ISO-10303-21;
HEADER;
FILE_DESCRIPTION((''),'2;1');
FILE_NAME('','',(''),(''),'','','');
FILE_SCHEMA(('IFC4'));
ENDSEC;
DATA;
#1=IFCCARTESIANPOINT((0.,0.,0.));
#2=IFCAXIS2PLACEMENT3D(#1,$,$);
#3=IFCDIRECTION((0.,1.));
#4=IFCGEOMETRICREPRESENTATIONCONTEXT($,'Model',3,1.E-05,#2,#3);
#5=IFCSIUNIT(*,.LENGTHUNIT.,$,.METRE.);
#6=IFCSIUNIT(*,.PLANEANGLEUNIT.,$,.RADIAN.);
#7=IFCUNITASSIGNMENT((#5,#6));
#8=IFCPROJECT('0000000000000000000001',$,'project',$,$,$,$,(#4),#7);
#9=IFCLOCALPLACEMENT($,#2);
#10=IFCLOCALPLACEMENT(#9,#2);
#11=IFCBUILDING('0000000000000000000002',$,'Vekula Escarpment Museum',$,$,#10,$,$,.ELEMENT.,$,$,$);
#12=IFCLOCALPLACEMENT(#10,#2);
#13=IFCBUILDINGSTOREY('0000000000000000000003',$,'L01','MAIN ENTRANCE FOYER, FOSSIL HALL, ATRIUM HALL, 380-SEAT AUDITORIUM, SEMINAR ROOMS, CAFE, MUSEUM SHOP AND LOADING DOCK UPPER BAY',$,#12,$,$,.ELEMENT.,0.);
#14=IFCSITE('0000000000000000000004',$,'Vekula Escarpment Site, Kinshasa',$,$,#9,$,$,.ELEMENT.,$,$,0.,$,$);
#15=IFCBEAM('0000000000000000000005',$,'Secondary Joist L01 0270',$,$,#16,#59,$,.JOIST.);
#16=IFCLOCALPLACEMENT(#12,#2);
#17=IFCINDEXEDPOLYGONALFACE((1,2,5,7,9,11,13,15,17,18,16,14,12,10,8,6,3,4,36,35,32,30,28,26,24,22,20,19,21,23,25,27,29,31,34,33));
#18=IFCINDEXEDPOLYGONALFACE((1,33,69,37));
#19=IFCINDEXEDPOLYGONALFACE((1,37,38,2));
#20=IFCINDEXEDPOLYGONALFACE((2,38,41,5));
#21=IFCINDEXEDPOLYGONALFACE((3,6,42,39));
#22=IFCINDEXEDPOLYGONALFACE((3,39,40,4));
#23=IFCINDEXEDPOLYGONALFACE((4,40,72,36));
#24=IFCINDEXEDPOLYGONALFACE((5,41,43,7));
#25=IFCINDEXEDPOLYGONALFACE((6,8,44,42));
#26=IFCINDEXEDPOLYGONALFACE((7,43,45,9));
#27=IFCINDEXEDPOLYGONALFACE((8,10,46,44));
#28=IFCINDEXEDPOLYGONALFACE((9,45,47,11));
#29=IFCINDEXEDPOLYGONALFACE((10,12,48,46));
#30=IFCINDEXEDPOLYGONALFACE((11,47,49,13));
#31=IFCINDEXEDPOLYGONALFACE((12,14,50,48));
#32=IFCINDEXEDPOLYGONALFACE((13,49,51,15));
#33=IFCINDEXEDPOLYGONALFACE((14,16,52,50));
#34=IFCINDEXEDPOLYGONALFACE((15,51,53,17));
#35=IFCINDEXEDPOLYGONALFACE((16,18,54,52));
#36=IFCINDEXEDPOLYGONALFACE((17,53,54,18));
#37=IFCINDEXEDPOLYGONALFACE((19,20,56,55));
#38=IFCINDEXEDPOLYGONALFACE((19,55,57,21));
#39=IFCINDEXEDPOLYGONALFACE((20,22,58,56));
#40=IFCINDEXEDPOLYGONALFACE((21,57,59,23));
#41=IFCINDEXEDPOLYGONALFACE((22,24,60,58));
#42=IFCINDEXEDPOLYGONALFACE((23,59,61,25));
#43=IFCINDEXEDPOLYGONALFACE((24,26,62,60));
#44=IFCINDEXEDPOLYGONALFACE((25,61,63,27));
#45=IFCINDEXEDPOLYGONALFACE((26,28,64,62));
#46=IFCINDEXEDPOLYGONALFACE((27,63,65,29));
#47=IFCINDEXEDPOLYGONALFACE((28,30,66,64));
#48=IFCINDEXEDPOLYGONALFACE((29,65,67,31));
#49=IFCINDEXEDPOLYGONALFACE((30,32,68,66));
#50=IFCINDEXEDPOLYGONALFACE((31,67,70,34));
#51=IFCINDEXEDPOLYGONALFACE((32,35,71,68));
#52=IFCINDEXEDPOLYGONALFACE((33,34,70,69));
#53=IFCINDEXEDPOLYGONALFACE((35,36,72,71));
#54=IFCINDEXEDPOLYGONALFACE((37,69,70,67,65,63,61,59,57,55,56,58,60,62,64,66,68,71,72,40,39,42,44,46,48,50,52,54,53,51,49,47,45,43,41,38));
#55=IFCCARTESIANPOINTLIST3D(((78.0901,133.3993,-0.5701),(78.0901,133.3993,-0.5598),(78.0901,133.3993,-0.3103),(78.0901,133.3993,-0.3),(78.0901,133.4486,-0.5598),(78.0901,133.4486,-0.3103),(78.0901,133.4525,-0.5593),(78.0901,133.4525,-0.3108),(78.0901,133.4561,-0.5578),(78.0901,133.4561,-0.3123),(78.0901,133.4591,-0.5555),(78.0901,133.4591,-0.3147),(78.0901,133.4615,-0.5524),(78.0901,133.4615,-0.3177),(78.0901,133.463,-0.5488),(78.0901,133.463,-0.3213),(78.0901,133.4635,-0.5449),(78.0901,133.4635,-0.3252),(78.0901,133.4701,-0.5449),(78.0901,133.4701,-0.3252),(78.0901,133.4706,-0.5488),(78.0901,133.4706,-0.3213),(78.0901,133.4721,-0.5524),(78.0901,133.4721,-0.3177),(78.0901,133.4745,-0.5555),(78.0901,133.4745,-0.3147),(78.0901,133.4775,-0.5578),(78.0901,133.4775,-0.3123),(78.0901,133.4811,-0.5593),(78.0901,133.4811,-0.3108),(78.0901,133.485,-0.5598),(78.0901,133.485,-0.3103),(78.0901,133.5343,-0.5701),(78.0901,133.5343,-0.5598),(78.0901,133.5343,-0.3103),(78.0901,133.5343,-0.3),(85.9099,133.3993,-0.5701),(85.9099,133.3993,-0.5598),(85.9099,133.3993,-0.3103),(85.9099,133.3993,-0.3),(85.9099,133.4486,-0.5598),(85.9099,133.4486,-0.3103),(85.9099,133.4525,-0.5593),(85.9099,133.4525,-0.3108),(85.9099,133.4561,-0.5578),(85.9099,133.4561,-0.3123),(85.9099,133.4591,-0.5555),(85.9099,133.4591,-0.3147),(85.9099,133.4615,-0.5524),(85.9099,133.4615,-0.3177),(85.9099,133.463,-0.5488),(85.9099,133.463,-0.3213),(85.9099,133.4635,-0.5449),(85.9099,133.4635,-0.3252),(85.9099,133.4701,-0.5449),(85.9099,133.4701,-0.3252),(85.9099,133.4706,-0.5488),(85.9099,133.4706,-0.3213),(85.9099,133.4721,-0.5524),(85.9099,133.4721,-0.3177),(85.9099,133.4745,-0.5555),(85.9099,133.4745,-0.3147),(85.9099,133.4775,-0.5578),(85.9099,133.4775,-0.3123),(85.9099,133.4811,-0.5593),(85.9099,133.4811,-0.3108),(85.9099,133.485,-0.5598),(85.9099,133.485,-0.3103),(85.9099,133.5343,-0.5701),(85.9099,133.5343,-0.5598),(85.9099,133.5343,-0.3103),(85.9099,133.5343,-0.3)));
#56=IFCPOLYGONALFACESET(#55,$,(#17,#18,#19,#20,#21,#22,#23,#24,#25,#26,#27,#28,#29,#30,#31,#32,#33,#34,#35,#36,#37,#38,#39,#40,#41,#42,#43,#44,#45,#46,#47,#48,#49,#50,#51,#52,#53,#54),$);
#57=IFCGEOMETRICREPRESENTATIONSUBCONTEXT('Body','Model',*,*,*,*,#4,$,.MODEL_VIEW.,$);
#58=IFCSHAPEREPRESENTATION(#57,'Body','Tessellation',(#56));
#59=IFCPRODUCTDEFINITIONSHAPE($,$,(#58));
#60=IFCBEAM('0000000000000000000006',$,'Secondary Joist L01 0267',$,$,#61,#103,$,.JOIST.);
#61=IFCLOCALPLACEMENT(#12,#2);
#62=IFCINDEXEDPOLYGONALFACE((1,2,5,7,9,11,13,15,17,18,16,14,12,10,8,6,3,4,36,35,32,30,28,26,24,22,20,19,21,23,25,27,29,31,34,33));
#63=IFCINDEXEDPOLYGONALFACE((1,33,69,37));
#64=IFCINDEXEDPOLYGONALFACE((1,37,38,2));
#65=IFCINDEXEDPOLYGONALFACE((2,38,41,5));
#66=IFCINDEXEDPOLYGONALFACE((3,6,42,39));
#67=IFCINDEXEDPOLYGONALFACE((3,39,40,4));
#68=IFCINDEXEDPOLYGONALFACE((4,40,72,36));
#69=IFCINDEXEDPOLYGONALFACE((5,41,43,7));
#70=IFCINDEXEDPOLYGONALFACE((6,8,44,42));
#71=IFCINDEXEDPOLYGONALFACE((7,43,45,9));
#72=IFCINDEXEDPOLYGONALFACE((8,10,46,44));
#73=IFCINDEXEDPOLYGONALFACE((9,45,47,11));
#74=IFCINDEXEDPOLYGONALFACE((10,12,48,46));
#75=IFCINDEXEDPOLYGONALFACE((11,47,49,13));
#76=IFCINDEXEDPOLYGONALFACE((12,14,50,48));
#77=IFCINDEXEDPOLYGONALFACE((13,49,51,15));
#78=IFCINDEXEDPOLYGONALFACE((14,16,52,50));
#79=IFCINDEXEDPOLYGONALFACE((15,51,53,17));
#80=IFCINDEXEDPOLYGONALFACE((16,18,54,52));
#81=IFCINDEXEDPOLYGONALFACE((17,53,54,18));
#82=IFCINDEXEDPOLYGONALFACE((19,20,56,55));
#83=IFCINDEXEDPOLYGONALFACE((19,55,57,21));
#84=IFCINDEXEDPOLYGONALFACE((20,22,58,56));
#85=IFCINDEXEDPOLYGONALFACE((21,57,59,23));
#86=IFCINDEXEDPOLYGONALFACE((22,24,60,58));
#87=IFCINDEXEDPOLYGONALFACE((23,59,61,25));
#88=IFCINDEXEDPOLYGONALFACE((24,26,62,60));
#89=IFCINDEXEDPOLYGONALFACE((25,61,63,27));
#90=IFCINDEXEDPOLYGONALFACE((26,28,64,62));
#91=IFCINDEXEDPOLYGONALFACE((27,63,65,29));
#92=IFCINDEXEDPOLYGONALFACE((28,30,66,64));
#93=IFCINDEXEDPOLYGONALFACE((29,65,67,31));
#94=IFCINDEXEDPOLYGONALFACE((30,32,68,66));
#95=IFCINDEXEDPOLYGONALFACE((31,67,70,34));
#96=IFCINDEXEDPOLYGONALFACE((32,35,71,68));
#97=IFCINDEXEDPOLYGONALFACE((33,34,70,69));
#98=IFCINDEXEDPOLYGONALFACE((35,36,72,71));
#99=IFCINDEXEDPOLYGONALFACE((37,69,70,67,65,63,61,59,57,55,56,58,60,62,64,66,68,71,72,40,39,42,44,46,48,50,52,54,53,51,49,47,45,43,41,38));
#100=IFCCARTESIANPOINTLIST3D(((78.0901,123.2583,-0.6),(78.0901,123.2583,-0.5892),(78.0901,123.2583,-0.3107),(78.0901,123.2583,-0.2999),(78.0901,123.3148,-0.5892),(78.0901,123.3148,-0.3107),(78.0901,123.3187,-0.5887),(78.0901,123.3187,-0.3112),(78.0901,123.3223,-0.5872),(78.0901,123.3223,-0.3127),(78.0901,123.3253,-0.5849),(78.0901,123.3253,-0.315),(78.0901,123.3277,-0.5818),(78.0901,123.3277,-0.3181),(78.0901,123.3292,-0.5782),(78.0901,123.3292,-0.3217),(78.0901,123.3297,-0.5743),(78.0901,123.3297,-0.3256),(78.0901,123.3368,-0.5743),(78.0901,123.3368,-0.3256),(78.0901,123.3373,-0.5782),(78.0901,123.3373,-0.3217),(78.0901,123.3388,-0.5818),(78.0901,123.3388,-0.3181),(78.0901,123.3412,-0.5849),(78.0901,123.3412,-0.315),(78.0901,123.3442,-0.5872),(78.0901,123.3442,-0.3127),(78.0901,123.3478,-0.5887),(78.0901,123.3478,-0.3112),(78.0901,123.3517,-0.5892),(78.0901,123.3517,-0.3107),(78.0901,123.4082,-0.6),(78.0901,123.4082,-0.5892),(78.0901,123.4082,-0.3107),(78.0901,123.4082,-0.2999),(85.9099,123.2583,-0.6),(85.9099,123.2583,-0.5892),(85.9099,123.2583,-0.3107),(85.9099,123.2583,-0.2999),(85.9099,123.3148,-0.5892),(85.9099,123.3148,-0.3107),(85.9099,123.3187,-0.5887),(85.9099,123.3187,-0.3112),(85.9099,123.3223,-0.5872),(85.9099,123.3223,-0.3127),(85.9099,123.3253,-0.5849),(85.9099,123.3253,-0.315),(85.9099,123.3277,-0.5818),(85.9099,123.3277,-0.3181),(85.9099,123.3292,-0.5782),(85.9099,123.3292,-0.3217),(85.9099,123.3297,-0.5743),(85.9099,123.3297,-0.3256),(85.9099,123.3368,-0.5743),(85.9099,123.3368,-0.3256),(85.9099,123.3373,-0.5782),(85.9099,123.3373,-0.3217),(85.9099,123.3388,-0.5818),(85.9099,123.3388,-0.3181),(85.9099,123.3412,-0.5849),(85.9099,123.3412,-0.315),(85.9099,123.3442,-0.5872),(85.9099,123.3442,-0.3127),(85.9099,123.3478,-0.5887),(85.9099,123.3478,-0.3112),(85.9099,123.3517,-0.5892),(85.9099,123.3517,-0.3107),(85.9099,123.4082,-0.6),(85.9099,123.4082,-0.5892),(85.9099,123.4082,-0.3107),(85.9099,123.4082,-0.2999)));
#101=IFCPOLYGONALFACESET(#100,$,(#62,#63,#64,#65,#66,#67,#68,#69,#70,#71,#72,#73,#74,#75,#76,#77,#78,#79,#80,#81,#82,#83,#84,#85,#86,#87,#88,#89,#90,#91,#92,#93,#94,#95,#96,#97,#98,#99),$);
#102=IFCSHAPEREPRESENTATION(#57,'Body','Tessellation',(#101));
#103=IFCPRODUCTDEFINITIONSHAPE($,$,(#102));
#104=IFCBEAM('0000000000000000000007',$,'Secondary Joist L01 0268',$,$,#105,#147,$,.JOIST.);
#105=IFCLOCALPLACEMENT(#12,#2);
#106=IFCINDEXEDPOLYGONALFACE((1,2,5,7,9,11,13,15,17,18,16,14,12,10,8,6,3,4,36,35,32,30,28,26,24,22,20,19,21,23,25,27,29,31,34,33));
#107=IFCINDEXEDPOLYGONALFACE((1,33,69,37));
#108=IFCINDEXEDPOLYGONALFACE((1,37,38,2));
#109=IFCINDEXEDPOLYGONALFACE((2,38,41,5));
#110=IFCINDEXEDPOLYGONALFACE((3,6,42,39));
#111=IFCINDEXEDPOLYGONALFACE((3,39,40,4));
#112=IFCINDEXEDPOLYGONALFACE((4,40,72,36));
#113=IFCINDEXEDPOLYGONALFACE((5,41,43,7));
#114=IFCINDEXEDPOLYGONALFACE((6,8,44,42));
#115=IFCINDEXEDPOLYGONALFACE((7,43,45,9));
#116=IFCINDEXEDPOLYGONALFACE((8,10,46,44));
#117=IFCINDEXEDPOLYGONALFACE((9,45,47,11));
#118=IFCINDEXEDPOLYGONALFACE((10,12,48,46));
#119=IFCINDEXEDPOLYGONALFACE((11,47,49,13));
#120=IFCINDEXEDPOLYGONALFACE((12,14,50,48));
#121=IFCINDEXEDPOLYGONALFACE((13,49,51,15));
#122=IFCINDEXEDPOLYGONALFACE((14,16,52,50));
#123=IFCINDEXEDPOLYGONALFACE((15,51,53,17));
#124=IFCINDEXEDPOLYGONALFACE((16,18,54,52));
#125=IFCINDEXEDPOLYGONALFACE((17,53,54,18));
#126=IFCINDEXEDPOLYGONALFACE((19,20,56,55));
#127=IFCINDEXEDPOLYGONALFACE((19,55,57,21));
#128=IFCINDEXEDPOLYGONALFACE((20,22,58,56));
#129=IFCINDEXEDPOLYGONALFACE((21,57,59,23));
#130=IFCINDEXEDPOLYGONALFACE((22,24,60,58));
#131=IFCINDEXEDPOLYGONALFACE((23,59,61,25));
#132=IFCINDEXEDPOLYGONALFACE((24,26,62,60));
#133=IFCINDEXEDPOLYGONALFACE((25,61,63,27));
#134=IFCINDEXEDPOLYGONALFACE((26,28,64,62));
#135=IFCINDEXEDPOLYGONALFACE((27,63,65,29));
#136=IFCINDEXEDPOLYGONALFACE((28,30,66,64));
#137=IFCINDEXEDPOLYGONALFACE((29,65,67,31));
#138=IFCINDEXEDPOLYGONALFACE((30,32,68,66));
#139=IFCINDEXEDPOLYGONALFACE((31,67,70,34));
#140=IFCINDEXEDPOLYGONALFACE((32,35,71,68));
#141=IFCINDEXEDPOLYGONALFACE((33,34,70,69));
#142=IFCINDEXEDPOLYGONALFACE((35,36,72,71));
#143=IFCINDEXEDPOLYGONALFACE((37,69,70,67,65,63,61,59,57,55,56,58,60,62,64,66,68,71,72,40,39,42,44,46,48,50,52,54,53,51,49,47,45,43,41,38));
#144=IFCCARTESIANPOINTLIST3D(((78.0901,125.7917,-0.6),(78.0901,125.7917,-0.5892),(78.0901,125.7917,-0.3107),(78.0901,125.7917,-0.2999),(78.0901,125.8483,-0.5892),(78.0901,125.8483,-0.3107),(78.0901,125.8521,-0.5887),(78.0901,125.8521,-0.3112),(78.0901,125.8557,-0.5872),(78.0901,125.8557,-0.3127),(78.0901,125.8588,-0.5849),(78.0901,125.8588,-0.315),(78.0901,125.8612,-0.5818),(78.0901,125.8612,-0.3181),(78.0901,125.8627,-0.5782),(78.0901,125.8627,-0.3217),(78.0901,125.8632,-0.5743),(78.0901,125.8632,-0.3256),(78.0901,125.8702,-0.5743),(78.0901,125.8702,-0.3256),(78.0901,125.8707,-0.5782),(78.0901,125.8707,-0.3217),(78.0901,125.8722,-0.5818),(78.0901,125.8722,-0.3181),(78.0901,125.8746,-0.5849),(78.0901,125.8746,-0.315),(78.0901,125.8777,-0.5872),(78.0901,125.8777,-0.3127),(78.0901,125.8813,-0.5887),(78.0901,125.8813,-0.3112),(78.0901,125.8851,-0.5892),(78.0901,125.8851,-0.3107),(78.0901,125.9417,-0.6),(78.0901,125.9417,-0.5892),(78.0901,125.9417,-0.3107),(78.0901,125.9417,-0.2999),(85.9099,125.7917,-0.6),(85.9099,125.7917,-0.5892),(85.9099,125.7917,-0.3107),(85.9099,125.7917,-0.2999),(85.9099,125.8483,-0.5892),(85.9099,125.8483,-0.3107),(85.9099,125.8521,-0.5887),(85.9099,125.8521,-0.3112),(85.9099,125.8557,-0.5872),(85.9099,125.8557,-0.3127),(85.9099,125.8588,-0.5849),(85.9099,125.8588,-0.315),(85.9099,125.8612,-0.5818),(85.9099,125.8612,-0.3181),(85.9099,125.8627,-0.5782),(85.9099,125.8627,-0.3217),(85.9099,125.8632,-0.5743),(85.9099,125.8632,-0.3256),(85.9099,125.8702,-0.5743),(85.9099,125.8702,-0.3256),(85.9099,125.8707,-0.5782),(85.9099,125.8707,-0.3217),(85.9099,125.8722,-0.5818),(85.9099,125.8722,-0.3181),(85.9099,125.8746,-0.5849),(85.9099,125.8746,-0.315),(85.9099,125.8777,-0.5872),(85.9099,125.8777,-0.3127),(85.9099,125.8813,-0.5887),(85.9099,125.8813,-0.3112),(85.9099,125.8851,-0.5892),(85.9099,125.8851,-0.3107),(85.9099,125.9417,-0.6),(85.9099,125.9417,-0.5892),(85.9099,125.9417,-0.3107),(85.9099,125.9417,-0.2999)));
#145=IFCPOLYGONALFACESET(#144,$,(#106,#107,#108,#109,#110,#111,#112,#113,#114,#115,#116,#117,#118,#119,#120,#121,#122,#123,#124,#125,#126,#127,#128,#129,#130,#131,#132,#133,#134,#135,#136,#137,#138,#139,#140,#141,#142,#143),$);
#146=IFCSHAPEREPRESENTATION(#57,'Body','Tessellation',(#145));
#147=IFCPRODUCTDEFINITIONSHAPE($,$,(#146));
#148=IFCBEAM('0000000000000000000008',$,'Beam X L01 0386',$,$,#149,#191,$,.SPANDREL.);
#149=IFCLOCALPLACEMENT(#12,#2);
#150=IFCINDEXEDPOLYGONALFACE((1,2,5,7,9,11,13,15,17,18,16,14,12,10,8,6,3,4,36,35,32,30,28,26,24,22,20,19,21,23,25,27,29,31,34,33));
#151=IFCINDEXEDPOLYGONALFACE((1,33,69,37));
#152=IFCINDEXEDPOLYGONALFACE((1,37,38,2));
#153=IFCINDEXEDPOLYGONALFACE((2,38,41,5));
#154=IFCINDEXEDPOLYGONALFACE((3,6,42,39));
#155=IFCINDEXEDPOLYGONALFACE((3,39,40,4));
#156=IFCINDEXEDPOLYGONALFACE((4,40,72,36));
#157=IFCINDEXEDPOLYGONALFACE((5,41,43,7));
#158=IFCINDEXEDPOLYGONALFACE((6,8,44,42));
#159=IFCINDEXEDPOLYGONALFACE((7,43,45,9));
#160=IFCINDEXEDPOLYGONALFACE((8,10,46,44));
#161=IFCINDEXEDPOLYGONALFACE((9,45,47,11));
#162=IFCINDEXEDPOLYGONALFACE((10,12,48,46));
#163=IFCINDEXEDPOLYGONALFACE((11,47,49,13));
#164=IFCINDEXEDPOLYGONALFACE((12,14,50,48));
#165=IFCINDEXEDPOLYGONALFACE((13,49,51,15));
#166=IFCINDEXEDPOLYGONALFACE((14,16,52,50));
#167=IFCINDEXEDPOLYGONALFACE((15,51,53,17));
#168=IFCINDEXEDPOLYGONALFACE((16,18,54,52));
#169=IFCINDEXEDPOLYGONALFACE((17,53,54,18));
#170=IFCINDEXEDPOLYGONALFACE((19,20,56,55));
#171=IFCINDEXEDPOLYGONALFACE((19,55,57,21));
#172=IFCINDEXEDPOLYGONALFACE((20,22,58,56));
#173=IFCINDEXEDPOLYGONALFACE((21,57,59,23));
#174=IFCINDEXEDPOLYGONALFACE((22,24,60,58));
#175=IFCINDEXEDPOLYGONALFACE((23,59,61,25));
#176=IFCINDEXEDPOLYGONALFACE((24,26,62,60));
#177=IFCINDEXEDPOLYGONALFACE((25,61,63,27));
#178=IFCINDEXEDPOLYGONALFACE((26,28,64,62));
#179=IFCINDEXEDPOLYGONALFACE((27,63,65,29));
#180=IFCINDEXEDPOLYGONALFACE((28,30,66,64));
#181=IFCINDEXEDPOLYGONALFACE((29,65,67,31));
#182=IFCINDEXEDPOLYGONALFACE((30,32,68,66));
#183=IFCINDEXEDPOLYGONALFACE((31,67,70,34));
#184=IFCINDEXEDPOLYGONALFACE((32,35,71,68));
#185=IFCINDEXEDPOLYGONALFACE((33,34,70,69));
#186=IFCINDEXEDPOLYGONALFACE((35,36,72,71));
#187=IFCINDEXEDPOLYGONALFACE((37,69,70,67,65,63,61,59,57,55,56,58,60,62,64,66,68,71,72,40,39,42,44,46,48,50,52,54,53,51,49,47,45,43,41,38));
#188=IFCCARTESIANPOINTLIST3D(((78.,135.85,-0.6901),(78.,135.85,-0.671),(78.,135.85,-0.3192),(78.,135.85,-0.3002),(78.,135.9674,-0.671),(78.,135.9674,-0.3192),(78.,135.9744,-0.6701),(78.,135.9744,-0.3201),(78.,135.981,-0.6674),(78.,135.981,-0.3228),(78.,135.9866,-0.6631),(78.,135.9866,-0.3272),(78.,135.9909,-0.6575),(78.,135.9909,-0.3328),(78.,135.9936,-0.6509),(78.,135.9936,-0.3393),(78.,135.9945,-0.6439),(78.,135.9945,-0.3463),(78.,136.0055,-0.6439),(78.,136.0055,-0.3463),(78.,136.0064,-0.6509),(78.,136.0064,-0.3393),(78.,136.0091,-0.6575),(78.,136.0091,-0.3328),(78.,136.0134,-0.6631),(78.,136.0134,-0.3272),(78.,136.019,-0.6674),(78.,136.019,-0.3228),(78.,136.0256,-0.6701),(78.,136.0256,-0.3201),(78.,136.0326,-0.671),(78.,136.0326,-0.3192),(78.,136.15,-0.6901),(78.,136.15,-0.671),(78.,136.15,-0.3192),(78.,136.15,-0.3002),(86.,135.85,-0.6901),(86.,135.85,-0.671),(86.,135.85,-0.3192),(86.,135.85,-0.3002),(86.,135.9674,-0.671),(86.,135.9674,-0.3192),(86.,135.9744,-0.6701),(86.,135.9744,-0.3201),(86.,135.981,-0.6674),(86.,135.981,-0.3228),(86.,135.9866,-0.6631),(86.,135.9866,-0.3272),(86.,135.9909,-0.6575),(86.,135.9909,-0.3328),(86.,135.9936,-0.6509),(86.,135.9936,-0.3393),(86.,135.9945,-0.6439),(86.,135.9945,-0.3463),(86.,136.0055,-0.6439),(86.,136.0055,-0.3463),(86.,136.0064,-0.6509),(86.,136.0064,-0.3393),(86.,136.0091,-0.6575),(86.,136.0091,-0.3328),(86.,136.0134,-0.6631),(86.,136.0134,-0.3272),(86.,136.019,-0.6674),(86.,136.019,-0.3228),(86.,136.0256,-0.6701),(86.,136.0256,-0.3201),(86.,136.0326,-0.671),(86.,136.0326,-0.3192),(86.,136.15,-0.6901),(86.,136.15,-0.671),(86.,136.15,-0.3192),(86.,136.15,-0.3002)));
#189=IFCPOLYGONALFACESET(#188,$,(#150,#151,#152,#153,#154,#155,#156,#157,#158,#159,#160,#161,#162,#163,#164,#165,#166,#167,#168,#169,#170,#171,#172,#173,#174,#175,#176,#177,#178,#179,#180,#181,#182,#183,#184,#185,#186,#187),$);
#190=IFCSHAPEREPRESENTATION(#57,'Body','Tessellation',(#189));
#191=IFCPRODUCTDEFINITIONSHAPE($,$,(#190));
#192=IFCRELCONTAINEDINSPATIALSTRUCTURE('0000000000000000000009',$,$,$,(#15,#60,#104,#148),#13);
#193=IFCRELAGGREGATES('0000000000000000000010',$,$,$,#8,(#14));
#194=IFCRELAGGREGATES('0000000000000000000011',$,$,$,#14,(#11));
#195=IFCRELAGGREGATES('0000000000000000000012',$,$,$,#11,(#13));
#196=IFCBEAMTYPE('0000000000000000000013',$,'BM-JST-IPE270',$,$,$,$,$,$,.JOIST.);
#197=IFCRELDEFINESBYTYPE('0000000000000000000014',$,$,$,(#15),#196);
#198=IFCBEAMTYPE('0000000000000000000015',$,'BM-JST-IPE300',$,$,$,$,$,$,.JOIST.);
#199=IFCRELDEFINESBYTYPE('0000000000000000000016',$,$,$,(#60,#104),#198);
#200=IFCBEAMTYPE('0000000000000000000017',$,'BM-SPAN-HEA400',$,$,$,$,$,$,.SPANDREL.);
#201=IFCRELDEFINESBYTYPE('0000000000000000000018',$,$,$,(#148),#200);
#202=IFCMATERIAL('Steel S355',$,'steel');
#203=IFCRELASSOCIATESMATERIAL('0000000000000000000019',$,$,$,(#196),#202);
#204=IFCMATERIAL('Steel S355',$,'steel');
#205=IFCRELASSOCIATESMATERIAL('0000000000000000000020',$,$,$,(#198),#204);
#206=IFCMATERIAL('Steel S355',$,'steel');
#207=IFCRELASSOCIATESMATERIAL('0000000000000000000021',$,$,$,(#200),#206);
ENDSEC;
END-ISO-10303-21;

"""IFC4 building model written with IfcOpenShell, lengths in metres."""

from ifc_helpers import new_model, si_unit, direction, frame, origin, origin_2d, place, context, subcontext, project, spatial, i_section, extrude, material, material_profile, profile_set, type_object, element, save


model = new_model("IFC4")

# Units and contexts
model_context = context("Model", 3, precision=1e-05, world=origin(), true_north=direction((0.0, 1.0)))
body_context = subcontext(model_context, "Body", "Model", "MODEL_VIEW")
ifc_project = project(units=[si_unit("LENGTHUNIT", "METRE"), si_unit("PLANEANGLEUNIT", "RADIAN")], contexts=[model_context])

# Site, building, storey
site_placement = place(None, origin())
site = spatial("IfcSite", under=ifc_project, at=site_placement, Name="Vekula Escarpment Site, Kinshasa", CompositionType="ELEMENT", RefElevation=0.0)
building_placement = place(site_placement, origin())
building = spatial("IfcBuilding", under=site, at=building_placement, Name="Vekula Escarpment Museum", CompositionType="ELEMENT")
storey_placement = place(building_placement, origin())
storey = spatial("IfcBuildingStorey", under=building, at=storey_placement, Name="L01", Description="MAIN ENTRANCE FOYER, FOSSIL HALL, ATRIUM HALL, 380-SEAT AUDITORIUM, SEMINAR ROOMS, CAFE, MUSEUM SHOP AND LOADING DOCK UPPER BAY", CompositionType="ELEMENT", Elevation=0.0)

# Beams
ifc_material_1 = material(Name="Steel S355", Category="steel")
ifc_material_profile_1 = material_profile(ifc_material_1, i_section(OverallWidth=0.135, OverallDepth=0.27, WebThickness=0.0066, FlangeThickness=0.0103, FilletRadius=0.0149, at=origin_2d()), Name="IPE 270")
ifc_profile_set_1 = profile_set([ifc_material_profile_1], Name="Steel S355")
beam_type_1 = type_object("IfcBeamType", Name="BM-JST-IPE270", PredefinedType="JOIST", material=ifc_profile_set_1)
for number, where, z_axis, x_axis, name in (
    (1, (78.0901, 133.4668, -0.4351), (1.0, 0.0, 0.0), (0.0, 1.0, 0.0), "Secondary Joist L01 0270"),
):
    element("IfcBeam", number, at=place(storey_placement, frame(where, z_axis=z_axis, x_axis=x_axis)), inside=storey, type_object=beam_type_1, Name=name, PredefinedType="JOIST", context=body_context, shape_type="SweptSolid", body=[
        extrude(i_section(OverallWidth=0.135, OverallDepth=0.27, WebThickness=0.0066, FlangeThickness=0.0103, FilletRadius=0.0149, at=origin_2d()), origin(), (0.0, 0.0, 1.0), 7.8198),
    ])
ifc_material_2 = material(Name="Steel S355", Category="steel")
ifc_material_profile_2 = material_profile(ifc_material_2, i_section(OverallWidth=0.1499, OverallDepth=0.3, WebThickness=0.0071, FlangeThickness=0.0107, FilletRadius=0.0149, at=origin_2d()), Name="IPE 300")
ifc_profile_set_2 = profile_set([ifc_material_profile_2], Name="Steel S355")
beam_type_2 = type_object("IfcBeamType", Name="BM-JST-IPE300", PredefinedType="JOIST", material=ifc_profile_set_2)
for number, where, z_axis, x_axis, name in (
    (2, (78.0901, 123.3333, -0.45), (1.0, 0.0, 0.0), (0.0, 1.0, 0.0), "Secondary Joist L01 0267"),
    (3, (78.0901, 125.8667, -0.45), (1.0, 0.0, 0.0), (0.0, 1.0, 0.0), "Secondary Joist L01 0268"),
):
    element("IfcBeam", number, at=place(storey_placement, frame(where, z_axis=z_axis, x_axis=x_axis)), inside=storey, type_object=beam_type_2, Name=name, PredefinedType="JOIST", context=body_context, shape_type="SweptSolid", body=[
        extrude(i_section(OverallWidth=0.1499, OverallDepth=0.3, WebThickness=0.0071, FlangeThickness=0.0107, FilletRadius=0.0149, at=origin_2d()), origin(), (0.0, 0.0, 1.0), 7.8198),
    ])
ifc_material_3 = material(Name="Steel S355", Category="steel")
ifc_material_profile_3 = material_profile(ifc_material_3, i_section(OverallWidth=0.3, OverallDepth=0.3899, WebThickness=0.011, FlangeThickness=0.019, FilletRadius=0.0271, at=origin_2d()), Name="HEA 400")
ifc_profile_set_3 = profile_set([ifc_material_profile_3], Name="Steel S355")
beam_type_3 = type_object("IfcBeamType", Name="BM-SPAN-HEA400", PredefinedType="SPANDREL", material=ifc_profile_set_3)
beam_1_placement = place(storey_placement, frame((78.0, 136.0, -0.4951), z_axis=(1.0, 0.0, 0.0), x_axis=(0.0, 1.0, 0.0)))
element("IfcBeam", 4, at=beam_1_placement, inside=storey, type_object=beam_type_3, Name="Beam X L01 0386", PredefinedType="SPANDREL", context=body_context, shape_type="SweptSolid", body=[
    extrude(i_section(OverallWidth=0.3, OverallDepth=0.3899, WebThickness=0.011, FlangeThickness=0.019, FilletRadius=0.0271, at=origin_2d()), origin(), (0.0, 0.0, 1.0), 8.0),
])

save(model, "model.ifc")
